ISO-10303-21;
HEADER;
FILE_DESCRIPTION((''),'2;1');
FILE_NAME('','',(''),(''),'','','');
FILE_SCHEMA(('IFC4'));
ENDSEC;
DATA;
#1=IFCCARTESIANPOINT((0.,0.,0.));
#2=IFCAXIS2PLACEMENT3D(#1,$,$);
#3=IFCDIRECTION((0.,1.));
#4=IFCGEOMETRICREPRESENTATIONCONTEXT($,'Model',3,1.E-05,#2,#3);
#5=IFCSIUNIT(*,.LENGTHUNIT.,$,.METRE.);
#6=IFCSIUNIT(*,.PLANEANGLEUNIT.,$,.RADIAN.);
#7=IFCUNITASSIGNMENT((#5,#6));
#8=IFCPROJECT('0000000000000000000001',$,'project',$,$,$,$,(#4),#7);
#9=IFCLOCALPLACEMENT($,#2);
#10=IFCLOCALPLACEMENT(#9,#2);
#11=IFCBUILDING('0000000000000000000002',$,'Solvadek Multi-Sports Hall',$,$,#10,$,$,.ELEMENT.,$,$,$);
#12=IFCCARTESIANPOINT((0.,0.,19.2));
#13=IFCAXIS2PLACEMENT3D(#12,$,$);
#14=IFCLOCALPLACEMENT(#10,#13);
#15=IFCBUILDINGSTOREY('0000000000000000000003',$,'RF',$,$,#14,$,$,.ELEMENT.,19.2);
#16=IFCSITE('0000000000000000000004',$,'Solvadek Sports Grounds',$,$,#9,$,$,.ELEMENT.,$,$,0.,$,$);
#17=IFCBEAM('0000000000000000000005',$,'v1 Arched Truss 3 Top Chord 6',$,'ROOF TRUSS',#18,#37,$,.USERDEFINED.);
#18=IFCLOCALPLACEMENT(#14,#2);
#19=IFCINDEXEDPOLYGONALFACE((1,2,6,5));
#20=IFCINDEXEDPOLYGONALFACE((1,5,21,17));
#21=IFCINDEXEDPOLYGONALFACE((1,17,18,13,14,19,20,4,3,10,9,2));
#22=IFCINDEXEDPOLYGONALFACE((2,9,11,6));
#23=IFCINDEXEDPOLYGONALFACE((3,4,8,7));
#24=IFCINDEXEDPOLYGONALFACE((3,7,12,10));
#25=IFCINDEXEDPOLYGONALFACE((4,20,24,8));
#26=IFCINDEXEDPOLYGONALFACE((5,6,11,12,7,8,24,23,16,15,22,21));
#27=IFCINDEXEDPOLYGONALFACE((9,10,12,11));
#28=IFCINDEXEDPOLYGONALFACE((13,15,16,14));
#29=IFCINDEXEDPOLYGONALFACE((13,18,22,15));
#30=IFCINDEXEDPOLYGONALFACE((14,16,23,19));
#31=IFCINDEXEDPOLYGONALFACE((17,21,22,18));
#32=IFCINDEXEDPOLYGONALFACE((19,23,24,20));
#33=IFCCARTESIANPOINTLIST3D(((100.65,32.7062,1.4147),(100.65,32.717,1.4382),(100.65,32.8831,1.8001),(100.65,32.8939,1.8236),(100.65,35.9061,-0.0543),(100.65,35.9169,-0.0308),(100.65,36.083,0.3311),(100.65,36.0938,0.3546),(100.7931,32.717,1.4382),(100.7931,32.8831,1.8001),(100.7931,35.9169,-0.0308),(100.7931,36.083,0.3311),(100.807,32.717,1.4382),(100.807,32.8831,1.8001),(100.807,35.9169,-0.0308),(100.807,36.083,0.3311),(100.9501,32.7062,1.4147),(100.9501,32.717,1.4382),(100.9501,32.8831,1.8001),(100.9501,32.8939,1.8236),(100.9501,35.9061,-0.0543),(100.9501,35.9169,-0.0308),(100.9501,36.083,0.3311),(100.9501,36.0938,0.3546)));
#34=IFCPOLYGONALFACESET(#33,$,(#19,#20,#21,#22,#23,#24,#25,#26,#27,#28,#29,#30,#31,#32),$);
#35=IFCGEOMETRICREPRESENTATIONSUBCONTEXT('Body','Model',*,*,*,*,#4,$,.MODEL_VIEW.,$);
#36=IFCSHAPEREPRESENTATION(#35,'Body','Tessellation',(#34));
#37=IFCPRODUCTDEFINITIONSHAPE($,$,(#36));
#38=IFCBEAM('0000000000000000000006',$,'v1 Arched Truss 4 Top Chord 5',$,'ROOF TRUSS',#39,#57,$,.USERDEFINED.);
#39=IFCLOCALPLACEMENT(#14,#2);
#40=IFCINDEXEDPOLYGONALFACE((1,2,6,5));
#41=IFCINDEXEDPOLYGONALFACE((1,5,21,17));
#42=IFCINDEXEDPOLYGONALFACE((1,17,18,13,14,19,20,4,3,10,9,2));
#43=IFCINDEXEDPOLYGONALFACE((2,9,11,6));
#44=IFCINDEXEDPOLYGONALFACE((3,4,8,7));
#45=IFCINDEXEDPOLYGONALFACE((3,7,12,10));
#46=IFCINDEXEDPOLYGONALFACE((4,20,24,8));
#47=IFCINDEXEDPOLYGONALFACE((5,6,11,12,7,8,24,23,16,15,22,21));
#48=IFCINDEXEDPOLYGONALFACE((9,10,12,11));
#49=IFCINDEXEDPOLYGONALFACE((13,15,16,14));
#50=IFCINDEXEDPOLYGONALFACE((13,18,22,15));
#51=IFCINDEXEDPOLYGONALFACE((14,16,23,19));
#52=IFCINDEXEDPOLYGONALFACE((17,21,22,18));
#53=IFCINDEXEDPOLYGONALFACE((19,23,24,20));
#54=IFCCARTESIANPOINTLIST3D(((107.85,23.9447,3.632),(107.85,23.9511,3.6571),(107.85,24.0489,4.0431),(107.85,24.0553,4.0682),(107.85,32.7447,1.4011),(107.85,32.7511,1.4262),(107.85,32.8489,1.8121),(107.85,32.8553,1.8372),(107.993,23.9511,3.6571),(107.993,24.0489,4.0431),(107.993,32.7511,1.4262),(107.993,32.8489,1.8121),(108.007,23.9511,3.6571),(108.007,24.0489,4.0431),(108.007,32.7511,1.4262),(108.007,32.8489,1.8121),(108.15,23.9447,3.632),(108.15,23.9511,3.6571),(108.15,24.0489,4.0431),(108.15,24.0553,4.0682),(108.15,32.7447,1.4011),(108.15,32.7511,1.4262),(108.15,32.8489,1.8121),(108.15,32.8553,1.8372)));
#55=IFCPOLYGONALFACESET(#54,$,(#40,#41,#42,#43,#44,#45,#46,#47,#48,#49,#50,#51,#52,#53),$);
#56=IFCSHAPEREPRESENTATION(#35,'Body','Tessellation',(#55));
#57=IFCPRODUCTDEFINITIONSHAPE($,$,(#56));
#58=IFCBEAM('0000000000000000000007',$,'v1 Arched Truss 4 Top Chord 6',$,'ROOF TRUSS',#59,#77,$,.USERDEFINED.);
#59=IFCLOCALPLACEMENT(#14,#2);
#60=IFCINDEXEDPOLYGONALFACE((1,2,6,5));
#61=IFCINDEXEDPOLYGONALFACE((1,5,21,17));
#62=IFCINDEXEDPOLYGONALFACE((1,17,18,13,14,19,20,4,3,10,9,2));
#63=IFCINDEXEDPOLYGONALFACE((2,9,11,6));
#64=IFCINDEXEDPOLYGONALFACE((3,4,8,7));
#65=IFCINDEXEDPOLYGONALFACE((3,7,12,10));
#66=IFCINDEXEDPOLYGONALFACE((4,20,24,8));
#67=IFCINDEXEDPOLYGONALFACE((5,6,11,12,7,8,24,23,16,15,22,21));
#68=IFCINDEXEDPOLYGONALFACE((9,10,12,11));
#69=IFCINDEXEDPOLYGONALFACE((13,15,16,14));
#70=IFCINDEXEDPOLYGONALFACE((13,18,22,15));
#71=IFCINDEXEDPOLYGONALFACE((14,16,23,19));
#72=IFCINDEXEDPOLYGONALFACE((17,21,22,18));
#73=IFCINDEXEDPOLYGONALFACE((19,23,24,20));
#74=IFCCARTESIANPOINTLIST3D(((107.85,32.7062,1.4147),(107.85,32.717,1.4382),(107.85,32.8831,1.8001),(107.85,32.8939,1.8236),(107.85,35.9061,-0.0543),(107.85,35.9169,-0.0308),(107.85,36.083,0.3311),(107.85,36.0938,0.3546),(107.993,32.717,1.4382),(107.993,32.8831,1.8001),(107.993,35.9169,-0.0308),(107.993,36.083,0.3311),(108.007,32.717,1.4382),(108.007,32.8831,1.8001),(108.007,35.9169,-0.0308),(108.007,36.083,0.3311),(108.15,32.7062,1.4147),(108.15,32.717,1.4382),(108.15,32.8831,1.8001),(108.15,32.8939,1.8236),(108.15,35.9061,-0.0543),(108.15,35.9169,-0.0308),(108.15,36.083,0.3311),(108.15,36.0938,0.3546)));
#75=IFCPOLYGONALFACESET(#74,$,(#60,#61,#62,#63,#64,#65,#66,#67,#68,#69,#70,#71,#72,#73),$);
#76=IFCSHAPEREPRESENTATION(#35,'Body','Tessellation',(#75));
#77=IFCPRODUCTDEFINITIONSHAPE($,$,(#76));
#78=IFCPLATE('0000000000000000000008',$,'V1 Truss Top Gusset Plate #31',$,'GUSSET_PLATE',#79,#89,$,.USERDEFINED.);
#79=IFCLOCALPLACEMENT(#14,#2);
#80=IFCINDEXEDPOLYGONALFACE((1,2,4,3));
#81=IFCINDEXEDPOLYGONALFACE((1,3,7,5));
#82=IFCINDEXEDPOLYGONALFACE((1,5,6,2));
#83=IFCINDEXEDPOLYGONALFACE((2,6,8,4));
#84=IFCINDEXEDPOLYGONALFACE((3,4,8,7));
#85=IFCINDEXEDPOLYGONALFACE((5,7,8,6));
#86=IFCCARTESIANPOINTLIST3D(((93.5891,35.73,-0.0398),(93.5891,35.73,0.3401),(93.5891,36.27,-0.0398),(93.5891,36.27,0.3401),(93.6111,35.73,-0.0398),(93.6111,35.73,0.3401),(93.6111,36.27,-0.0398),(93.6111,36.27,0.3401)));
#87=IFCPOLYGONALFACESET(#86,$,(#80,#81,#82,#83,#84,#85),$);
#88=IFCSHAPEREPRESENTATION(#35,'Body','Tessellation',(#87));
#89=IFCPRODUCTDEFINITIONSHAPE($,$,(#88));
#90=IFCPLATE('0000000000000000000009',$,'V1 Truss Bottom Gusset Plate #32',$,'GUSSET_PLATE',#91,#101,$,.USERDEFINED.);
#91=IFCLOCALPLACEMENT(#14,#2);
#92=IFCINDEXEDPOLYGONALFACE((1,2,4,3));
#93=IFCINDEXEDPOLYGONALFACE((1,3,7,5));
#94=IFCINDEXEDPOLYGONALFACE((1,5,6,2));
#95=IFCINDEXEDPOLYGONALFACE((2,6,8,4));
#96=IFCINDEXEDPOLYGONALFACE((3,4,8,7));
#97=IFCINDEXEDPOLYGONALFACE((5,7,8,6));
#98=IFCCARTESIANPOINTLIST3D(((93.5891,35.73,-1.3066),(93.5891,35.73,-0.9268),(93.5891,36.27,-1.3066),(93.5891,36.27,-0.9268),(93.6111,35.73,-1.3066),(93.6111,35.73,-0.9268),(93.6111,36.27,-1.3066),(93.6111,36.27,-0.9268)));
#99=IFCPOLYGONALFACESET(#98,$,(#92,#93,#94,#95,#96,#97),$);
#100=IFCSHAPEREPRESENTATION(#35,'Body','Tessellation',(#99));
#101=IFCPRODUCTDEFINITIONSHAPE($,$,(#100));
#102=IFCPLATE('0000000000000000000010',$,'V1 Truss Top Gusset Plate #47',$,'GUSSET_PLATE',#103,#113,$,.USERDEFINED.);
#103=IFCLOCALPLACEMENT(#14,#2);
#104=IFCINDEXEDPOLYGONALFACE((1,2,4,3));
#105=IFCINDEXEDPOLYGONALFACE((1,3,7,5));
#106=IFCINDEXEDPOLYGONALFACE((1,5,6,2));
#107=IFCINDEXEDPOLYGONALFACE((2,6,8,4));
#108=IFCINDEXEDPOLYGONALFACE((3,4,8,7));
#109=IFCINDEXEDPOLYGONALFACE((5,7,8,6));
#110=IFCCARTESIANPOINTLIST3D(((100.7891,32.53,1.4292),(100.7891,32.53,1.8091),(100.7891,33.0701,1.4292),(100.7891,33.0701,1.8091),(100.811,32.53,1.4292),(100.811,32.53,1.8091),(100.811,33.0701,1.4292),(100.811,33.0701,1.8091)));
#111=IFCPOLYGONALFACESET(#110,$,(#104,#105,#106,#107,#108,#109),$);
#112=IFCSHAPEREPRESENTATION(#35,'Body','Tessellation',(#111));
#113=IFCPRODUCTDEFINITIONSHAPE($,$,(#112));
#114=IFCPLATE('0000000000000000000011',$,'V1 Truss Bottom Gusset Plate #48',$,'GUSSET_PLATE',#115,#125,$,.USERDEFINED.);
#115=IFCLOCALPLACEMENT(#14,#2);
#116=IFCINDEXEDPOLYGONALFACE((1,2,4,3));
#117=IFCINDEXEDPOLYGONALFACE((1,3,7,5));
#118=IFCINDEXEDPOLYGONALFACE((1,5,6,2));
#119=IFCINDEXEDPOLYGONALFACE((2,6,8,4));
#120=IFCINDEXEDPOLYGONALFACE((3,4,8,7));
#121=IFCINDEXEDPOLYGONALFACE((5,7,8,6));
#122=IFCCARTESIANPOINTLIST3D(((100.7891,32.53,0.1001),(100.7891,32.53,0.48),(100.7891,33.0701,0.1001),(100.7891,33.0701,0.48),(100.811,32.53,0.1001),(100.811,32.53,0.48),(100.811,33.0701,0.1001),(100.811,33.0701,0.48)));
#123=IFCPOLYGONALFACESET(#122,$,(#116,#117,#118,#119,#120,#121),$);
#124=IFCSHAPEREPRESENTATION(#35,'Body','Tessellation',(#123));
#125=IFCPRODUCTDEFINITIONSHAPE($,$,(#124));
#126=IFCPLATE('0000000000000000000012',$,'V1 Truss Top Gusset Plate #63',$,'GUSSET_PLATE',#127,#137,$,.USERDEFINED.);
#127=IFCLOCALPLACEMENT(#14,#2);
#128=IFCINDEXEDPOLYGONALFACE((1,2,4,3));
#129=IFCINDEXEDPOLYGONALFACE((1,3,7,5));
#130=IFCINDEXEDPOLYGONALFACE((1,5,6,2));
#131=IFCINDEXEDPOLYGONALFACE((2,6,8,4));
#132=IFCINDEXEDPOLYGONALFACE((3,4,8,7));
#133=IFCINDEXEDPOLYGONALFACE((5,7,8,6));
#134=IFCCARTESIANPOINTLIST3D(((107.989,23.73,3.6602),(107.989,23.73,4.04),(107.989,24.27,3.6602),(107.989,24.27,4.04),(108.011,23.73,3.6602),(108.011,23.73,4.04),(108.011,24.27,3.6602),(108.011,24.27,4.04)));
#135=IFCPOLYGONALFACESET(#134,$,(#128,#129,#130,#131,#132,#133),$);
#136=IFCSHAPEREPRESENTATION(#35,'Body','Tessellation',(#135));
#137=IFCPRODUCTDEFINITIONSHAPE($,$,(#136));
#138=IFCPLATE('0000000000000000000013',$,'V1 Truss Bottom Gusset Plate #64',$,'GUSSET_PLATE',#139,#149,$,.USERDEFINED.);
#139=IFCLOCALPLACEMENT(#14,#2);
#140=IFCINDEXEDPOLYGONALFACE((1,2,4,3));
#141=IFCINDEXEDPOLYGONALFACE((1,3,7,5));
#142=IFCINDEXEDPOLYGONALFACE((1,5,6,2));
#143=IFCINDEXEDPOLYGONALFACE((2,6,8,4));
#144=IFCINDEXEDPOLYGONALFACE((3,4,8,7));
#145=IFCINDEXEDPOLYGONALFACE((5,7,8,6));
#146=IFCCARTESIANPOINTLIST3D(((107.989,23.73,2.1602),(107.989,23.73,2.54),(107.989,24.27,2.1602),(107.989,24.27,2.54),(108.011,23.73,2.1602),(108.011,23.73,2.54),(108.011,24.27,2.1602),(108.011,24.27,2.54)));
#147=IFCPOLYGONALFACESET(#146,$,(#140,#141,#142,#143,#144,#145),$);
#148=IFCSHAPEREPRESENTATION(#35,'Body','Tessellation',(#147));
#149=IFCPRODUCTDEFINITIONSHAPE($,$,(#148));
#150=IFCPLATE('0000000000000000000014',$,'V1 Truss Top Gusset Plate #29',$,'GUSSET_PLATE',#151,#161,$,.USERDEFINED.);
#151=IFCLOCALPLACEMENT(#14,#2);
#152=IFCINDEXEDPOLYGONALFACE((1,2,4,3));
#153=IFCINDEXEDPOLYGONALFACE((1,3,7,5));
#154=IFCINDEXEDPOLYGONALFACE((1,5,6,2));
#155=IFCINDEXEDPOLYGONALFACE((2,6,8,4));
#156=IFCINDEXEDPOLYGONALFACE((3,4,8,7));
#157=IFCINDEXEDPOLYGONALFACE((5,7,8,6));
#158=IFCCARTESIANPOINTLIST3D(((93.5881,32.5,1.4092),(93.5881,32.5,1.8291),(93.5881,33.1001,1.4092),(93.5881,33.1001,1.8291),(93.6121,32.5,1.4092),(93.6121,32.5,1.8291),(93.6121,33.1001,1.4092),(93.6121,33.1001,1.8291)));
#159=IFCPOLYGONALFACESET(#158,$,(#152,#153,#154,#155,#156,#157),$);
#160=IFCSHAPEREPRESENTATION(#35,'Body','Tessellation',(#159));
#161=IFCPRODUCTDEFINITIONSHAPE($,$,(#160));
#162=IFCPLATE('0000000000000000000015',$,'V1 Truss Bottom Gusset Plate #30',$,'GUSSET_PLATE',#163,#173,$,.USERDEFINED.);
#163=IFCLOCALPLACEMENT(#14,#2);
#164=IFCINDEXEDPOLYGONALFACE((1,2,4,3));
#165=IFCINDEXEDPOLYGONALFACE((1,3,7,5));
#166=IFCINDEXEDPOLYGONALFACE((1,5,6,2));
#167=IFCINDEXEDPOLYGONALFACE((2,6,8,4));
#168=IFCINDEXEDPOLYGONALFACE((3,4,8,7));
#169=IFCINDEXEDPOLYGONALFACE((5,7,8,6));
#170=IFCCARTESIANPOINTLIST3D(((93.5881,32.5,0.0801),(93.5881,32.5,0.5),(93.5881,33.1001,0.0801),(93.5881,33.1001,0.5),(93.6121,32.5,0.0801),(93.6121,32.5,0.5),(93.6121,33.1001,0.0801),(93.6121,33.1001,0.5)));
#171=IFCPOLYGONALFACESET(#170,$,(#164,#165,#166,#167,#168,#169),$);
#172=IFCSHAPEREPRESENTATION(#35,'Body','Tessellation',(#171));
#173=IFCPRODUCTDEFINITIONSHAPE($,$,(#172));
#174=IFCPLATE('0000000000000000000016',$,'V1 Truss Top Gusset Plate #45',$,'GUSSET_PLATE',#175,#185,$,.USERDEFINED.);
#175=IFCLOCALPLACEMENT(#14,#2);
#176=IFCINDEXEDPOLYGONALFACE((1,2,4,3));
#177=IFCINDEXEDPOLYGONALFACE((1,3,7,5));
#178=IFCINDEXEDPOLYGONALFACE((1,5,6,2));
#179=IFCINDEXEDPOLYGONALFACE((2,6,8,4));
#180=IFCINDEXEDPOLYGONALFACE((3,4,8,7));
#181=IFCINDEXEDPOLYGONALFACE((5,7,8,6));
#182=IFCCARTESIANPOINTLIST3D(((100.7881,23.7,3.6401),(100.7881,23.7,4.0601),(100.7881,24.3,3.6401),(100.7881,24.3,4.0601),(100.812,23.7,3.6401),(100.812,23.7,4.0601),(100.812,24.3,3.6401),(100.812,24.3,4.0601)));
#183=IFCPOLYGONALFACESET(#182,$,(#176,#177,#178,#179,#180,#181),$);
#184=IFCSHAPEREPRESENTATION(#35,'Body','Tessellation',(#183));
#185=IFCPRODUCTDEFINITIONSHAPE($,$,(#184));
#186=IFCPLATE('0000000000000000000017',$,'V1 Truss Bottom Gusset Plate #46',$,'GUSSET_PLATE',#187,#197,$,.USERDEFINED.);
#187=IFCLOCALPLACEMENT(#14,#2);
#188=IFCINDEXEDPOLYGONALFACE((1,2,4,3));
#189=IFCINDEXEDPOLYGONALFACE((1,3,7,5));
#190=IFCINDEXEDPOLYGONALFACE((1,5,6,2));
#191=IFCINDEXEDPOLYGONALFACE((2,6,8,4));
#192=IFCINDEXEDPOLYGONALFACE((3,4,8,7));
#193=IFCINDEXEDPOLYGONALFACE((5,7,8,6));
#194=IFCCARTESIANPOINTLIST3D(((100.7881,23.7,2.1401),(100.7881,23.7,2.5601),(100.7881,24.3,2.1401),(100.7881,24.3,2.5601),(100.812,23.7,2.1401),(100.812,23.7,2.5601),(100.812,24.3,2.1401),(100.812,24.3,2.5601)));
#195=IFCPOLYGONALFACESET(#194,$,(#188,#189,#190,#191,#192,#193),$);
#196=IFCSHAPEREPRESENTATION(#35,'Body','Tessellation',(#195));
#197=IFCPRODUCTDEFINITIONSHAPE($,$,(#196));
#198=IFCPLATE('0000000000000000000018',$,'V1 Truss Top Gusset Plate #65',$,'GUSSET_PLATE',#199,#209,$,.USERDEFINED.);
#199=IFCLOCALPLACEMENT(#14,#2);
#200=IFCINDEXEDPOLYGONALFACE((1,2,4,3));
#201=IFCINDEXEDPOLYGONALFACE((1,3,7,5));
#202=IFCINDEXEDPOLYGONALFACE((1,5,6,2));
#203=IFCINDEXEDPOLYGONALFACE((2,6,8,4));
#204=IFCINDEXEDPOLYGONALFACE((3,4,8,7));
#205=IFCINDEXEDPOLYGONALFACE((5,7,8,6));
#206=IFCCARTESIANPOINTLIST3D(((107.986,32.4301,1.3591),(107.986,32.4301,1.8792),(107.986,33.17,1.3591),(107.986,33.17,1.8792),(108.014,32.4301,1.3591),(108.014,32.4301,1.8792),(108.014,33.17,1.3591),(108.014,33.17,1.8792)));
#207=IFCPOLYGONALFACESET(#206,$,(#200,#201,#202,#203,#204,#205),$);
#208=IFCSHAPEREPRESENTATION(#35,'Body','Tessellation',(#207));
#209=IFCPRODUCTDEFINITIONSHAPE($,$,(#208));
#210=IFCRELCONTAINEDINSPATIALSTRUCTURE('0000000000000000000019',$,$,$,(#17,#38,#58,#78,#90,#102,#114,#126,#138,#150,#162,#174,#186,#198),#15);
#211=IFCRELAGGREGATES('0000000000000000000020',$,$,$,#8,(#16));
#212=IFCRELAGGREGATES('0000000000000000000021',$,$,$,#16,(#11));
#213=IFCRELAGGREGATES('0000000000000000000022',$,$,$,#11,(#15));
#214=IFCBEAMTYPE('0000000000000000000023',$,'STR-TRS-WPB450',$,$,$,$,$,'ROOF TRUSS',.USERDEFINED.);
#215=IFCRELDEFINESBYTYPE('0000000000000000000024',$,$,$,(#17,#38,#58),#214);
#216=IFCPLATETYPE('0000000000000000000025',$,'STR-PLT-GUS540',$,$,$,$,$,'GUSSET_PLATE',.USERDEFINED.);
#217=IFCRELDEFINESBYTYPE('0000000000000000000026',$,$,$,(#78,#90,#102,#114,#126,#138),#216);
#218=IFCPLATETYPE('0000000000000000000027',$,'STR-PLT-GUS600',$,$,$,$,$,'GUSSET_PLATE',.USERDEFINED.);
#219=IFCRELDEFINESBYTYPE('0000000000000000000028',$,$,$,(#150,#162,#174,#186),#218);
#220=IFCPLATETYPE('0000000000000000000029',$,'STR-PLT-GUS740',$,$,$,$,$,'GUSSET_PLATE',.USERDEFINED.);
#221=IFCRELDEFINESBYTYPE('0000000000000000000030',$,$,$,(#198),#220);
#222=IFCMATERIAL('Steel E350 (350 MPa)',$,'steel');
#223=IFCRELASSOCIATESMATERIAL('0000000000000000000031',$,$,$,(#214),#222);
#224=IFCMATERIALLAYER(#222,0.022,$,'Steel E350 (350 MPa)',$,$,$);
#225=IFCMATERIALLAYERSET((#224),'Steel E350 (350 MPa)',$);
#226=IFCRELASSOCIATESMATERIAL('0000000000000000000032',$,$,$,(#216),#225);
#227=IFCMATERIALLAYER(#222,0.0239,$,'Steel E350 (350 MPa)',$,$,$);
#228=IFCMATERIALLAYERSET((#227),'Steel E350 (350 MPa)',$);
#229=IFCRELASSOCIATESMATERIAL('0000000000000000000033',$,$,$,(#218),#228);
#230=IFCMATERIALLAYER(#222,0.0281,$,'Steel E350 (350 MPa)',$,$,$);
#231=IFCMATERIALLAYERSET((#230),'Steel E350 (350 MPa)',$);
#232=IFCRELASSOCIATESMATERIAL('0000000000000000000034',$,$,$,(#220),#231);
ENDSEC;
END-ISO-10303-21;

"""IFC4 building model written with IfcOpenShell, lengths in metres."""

from ifc_helpers import new_model, si_unit, direction, frame, origin, origin_2d, place, context, subcontext, project, spatial, rectangle, i_section, extrude, material, layer, layer_set, material_profile, profile_set, type_object, element, save


model = new_model("IFC4")

# Units and contexts
model_context = context("Model", 3, precision=1e-05, world=origin(), true_north=direction((0.0, 1.0)))
body_context = subcontext(model_context, "Body", "Model", "MODEL_VIEW")
ifc_project = project(units=[si_unit("LENGTHUNIT", "METRE"), si_unit("PLANEANGLEUNIT", "RADIAN")], contexts=[model_context])

# Site, building, storey
site_placement = place(None, origin())
site = spatial("IfcSite", under=ifc_project, at=site_placement, Name="Solvadek Sports Grounds", CompositionType="ELEMENT", RefElevation=0.0)
building_placement = place(site_placement, origin())
building = spatial("IfcBuilding", under=site, at=building_placement, Name="Solvadek Multi-Sports Hall", CompositionType="ELEMENT")
storey_placement = place(building_placement, frame((0.0, 0.0, 19.2)))
storey = spatial("IfcBuildingStorey", under=building, at=storey_placement, Name="RF", CompositionType="ELEMENT", Elevation=19.2)

# Shared definitions
ifc_material_1 = material(Name="Steel E350 (350 MPa)", Category="steel")

# Beams
ifc_material_profile_1 = material_profile(ifc_material_1, i_section(OverallWidth=0.3, OverallDepth=0.45, WebThickness=0.0139, FlangeThickness=0.0259, at=origin_2d()), Name="WPB 450")
ifc_profile_set_1 = profile_set([ifc_material_profile_1], Name="Steel E350 (350 MPa)")
beam_type = type_object("IfcBeamType", Name="STR-TRS-WPB450", ElementType="ROOF TRUSS", PredefinedType="USERDEFINED", material=ifc_profile_set_1)
beam_1_placement = place(storey_placement, frame((100.8, 32.8, 1.6191), z_axis=(0.0, 0.908812, -0.417206), x_axis=(-1.0, 0.0, 0.0)))
element("IfcBeam", 1, at=beam_1_placement, inside=storey, type_object=beam_type, Name="v1 Arched Truss 3 Top Chord 6", ObjectType="ROOF TRUSS", PredefinedType="USERDEFINED", context=body_context, shape_type="SweptSolid", body=[
    extrude(i_section(OverallWidth=0.3, OverallDepth=0.45, WebThickness=0.0139, FlangeThickness=0.0259, at=origin_2d()), origin(), (0.0, 0.0, 1.0), 3.521),
])
beam_2_placement = place(storey_placement, frame((108.0, 24.0, 3.8501), z_axis=(0.0, 0.969335, -0.245742), x_axis=(-1.0, 0.0, 0.0)))
element("IfcBeam", 2, at=beam_2_placement, inside=storey, type_object=beam_type, Name="v1 Arched Truss 4 Top Chord 5", ObjectType="ROOF TRUSS", PredefinedType="USERDEFINED", context=body_context, shape_type="SweptSolid", body=[
    extrude(i_section(OverallWidth=0.3, OverallDepth=0.45, WebThickness=0.0139, FlangeThickness=0.0259, at=origin_2d()), origin(), (0.0, 0.0, 1.0), 9.0784),
])
beam_3_placement = place(storey_placement, frame((108.0, 32.8, 1.6191), z_axis=(0.0, 0.908812, -0.417206), x_axis=(-1.0, 0.0, 0.0)))
element("IfcBeam", 3, at=beam_3_placement, inside=storey, type_object=beam_type, Name="v1 Arched Truss 4 Top Chord 6", ObjectType="ROOF TRUSS", PredefinedType="USERDEFINED", context=body_context, shape_type="SweptSolid", body=[
    extrude(i_section(OverallWidth=0.3, OverallDepth=0.45, WebThickness=0.0139, FlangeThickness=0.0259, at=origin_2d()), origin(), (0.0, 0.0, 1.0), 3.521),
])

# Plates
ifc_layer_1 = layer(ifc_material_1, 0.022, Name="Steel E350 (350 MPa)")
ifc_layer_set_1 = layer_set([ifc_layer_1], Name="Steel E350 (350 MPa)")
plate_type_1 = type_object("IfcPlateType", Name="STR-PLT-GUS540", ElementType="GUSSET_PLATE", PredefinedType="USERDEFINED", material=ifc_layer_set_1)
for number, where, z_axis, x_axis, name in (
    (4, (93.6001, 36.0, -0.0398), (0.0, 0.0, 1.0), (0.0, 1.0, 0.0), "V1 Truss Top Gusset Plate #31"),
    (5, (93.6001, 36.0, -1.3066), (0.0, 0.0, 1.0), (0.0, 1.0, 0.0), "V1 Truss Bottom Gusset Plate #32"),
    (6, (100.8, 32.8, 1.4292), (0.0, 0.0, 1.0), (0.0, 1.0, 0.0), "V1 Truss Top Gusset Plate #47"),
    (7, (100.8, 32.8, 0.1001), (0.0, 0.0, 1.0), (0.0, 1.0, 0.0), "V1 Truss Bottom Gusset Plate #48"),
    (8, (108.0, 24.0, 3.6602), (0.0, 0.0, 1.0), (0.0, 1.0, 0.0), "V1 Truss Top Gusset Plate #63"),
    (9, (108.0, 24.0, 2.1602), (0.0, 0.0, 1.0), (0.0, 1.0, 0.0), "V1 Truss Bottom Gusset Plate #64"),
):
    element("IfcPlate", number, at=place(storey_placement, frame(where, z_axis=z_axis, x_axis=x_axis)), inside=storey, type_object=plate_type_1, Name=name, ObjectType="GUSSET_PLATE", PredefinedType="USERDEFINED", context=body_context, shape_type="SweptSolid", body=[
        extrude(rectangle(XDim=0.54, YDim=0.022, at=origin_2d()), origin(), (0.0, 0.0, 1.0), 0.3799),
    ])
ifc_layer_2 = layer(ifc_material_1, 0.0239, Name="Steel E350 (350 MPa)")
ifc_layer_set_2 = layer_set([ifc_layer_2], Name="Steel E350 (350 MPa)")
plate_type_2 = type_object("IfcPlateType", Name="STR-PLT-GUS600", ElementType="GUSSET_PLATE", PredefinedType="USERDEFINED", material=ifc_layer_set_2)
for number, where, z_axis, x_axis, name in (
    (10, (93.6001, 32.8, 1.4092), (0.0, 0.0, 1.0), (0.0, 1.0, 0.0), "V1 Truss Top Gusset Plate #29"),
    (11, (93.6001, 32.8, 0.0801), (0.0, 0.0, 1.0), (0.0, 1.0, 0.0), "V1 Truss Bottom Gusset Plate #30"),
    (12, (100.8, 24.0, 3.6401), (0.0, 0.0, 1.0), (0.0, 1.0, 0.0), "V1 Truss Top Gusset Plate #45"),
    (13, (100.8, 24.0, 2.1401), (0.0, 0.0, 1.0), (0.0, 1.0, 0.0), "V1 Truss Bottom Gusset Plate #46"),
):
    element("IfcPlate", number, at=place(storey_placement, frame(where, z_axis=z_axis, x_axis=x_axis)), inside=storey, type_object=plate_type_2, Name=name, ObjectType="GUSSET_PLATE", PredefinedType="USERDEFINED", context=body_context, shape_type="SweptSolid", body=[
        extrude(rectangle(XDim=0.6001, YDim=0.0239, at=origin_2d()), origin(), (0.0, 0.0, 1.0), 0.4199),
    ])
ifc_layer_3 = layer(ifc_material_1, 0.0281, Name="Steel E350 (350 MPa)")
ifc_layer_set_3 = layer_set([ifc_layer_3], Name="Steel E350 (350 MPa)")
plate_type_3 = type_object("IfcPlateType", Name="STR-PLT-GUS740", ElementType="GUSSET_PLATE", PredefinedType="USERDEFINED", material=ifc_layer_set_3)
for number, where, z_axis, x_axis, name in (
    (14, (108.0, 32.8, 1.3591), (0.0, 0.0, 1.0), (0.0, 1.0, 0.0), "V1 Truss Top Gusset Plate #65"),
):
    element("IfcPlate", number, at=place(storey_placement, frame(where, z_axis=z_axis, x_axis=x_axis)), inside=storey, type_object=plate_type_3, Name=name, ObjectType="GUSSET_PLATE", PredefinedType="USERDEFINED", context=body_context, shape_type="SweptSolid", body=[
        extrude(rectangle(XDim=0.74, YDim=0.0281, at=origin_2d()), origin(), (0.0, 0.0, 1.0), 0.52),
    ])

save(model, "model.ifc")
